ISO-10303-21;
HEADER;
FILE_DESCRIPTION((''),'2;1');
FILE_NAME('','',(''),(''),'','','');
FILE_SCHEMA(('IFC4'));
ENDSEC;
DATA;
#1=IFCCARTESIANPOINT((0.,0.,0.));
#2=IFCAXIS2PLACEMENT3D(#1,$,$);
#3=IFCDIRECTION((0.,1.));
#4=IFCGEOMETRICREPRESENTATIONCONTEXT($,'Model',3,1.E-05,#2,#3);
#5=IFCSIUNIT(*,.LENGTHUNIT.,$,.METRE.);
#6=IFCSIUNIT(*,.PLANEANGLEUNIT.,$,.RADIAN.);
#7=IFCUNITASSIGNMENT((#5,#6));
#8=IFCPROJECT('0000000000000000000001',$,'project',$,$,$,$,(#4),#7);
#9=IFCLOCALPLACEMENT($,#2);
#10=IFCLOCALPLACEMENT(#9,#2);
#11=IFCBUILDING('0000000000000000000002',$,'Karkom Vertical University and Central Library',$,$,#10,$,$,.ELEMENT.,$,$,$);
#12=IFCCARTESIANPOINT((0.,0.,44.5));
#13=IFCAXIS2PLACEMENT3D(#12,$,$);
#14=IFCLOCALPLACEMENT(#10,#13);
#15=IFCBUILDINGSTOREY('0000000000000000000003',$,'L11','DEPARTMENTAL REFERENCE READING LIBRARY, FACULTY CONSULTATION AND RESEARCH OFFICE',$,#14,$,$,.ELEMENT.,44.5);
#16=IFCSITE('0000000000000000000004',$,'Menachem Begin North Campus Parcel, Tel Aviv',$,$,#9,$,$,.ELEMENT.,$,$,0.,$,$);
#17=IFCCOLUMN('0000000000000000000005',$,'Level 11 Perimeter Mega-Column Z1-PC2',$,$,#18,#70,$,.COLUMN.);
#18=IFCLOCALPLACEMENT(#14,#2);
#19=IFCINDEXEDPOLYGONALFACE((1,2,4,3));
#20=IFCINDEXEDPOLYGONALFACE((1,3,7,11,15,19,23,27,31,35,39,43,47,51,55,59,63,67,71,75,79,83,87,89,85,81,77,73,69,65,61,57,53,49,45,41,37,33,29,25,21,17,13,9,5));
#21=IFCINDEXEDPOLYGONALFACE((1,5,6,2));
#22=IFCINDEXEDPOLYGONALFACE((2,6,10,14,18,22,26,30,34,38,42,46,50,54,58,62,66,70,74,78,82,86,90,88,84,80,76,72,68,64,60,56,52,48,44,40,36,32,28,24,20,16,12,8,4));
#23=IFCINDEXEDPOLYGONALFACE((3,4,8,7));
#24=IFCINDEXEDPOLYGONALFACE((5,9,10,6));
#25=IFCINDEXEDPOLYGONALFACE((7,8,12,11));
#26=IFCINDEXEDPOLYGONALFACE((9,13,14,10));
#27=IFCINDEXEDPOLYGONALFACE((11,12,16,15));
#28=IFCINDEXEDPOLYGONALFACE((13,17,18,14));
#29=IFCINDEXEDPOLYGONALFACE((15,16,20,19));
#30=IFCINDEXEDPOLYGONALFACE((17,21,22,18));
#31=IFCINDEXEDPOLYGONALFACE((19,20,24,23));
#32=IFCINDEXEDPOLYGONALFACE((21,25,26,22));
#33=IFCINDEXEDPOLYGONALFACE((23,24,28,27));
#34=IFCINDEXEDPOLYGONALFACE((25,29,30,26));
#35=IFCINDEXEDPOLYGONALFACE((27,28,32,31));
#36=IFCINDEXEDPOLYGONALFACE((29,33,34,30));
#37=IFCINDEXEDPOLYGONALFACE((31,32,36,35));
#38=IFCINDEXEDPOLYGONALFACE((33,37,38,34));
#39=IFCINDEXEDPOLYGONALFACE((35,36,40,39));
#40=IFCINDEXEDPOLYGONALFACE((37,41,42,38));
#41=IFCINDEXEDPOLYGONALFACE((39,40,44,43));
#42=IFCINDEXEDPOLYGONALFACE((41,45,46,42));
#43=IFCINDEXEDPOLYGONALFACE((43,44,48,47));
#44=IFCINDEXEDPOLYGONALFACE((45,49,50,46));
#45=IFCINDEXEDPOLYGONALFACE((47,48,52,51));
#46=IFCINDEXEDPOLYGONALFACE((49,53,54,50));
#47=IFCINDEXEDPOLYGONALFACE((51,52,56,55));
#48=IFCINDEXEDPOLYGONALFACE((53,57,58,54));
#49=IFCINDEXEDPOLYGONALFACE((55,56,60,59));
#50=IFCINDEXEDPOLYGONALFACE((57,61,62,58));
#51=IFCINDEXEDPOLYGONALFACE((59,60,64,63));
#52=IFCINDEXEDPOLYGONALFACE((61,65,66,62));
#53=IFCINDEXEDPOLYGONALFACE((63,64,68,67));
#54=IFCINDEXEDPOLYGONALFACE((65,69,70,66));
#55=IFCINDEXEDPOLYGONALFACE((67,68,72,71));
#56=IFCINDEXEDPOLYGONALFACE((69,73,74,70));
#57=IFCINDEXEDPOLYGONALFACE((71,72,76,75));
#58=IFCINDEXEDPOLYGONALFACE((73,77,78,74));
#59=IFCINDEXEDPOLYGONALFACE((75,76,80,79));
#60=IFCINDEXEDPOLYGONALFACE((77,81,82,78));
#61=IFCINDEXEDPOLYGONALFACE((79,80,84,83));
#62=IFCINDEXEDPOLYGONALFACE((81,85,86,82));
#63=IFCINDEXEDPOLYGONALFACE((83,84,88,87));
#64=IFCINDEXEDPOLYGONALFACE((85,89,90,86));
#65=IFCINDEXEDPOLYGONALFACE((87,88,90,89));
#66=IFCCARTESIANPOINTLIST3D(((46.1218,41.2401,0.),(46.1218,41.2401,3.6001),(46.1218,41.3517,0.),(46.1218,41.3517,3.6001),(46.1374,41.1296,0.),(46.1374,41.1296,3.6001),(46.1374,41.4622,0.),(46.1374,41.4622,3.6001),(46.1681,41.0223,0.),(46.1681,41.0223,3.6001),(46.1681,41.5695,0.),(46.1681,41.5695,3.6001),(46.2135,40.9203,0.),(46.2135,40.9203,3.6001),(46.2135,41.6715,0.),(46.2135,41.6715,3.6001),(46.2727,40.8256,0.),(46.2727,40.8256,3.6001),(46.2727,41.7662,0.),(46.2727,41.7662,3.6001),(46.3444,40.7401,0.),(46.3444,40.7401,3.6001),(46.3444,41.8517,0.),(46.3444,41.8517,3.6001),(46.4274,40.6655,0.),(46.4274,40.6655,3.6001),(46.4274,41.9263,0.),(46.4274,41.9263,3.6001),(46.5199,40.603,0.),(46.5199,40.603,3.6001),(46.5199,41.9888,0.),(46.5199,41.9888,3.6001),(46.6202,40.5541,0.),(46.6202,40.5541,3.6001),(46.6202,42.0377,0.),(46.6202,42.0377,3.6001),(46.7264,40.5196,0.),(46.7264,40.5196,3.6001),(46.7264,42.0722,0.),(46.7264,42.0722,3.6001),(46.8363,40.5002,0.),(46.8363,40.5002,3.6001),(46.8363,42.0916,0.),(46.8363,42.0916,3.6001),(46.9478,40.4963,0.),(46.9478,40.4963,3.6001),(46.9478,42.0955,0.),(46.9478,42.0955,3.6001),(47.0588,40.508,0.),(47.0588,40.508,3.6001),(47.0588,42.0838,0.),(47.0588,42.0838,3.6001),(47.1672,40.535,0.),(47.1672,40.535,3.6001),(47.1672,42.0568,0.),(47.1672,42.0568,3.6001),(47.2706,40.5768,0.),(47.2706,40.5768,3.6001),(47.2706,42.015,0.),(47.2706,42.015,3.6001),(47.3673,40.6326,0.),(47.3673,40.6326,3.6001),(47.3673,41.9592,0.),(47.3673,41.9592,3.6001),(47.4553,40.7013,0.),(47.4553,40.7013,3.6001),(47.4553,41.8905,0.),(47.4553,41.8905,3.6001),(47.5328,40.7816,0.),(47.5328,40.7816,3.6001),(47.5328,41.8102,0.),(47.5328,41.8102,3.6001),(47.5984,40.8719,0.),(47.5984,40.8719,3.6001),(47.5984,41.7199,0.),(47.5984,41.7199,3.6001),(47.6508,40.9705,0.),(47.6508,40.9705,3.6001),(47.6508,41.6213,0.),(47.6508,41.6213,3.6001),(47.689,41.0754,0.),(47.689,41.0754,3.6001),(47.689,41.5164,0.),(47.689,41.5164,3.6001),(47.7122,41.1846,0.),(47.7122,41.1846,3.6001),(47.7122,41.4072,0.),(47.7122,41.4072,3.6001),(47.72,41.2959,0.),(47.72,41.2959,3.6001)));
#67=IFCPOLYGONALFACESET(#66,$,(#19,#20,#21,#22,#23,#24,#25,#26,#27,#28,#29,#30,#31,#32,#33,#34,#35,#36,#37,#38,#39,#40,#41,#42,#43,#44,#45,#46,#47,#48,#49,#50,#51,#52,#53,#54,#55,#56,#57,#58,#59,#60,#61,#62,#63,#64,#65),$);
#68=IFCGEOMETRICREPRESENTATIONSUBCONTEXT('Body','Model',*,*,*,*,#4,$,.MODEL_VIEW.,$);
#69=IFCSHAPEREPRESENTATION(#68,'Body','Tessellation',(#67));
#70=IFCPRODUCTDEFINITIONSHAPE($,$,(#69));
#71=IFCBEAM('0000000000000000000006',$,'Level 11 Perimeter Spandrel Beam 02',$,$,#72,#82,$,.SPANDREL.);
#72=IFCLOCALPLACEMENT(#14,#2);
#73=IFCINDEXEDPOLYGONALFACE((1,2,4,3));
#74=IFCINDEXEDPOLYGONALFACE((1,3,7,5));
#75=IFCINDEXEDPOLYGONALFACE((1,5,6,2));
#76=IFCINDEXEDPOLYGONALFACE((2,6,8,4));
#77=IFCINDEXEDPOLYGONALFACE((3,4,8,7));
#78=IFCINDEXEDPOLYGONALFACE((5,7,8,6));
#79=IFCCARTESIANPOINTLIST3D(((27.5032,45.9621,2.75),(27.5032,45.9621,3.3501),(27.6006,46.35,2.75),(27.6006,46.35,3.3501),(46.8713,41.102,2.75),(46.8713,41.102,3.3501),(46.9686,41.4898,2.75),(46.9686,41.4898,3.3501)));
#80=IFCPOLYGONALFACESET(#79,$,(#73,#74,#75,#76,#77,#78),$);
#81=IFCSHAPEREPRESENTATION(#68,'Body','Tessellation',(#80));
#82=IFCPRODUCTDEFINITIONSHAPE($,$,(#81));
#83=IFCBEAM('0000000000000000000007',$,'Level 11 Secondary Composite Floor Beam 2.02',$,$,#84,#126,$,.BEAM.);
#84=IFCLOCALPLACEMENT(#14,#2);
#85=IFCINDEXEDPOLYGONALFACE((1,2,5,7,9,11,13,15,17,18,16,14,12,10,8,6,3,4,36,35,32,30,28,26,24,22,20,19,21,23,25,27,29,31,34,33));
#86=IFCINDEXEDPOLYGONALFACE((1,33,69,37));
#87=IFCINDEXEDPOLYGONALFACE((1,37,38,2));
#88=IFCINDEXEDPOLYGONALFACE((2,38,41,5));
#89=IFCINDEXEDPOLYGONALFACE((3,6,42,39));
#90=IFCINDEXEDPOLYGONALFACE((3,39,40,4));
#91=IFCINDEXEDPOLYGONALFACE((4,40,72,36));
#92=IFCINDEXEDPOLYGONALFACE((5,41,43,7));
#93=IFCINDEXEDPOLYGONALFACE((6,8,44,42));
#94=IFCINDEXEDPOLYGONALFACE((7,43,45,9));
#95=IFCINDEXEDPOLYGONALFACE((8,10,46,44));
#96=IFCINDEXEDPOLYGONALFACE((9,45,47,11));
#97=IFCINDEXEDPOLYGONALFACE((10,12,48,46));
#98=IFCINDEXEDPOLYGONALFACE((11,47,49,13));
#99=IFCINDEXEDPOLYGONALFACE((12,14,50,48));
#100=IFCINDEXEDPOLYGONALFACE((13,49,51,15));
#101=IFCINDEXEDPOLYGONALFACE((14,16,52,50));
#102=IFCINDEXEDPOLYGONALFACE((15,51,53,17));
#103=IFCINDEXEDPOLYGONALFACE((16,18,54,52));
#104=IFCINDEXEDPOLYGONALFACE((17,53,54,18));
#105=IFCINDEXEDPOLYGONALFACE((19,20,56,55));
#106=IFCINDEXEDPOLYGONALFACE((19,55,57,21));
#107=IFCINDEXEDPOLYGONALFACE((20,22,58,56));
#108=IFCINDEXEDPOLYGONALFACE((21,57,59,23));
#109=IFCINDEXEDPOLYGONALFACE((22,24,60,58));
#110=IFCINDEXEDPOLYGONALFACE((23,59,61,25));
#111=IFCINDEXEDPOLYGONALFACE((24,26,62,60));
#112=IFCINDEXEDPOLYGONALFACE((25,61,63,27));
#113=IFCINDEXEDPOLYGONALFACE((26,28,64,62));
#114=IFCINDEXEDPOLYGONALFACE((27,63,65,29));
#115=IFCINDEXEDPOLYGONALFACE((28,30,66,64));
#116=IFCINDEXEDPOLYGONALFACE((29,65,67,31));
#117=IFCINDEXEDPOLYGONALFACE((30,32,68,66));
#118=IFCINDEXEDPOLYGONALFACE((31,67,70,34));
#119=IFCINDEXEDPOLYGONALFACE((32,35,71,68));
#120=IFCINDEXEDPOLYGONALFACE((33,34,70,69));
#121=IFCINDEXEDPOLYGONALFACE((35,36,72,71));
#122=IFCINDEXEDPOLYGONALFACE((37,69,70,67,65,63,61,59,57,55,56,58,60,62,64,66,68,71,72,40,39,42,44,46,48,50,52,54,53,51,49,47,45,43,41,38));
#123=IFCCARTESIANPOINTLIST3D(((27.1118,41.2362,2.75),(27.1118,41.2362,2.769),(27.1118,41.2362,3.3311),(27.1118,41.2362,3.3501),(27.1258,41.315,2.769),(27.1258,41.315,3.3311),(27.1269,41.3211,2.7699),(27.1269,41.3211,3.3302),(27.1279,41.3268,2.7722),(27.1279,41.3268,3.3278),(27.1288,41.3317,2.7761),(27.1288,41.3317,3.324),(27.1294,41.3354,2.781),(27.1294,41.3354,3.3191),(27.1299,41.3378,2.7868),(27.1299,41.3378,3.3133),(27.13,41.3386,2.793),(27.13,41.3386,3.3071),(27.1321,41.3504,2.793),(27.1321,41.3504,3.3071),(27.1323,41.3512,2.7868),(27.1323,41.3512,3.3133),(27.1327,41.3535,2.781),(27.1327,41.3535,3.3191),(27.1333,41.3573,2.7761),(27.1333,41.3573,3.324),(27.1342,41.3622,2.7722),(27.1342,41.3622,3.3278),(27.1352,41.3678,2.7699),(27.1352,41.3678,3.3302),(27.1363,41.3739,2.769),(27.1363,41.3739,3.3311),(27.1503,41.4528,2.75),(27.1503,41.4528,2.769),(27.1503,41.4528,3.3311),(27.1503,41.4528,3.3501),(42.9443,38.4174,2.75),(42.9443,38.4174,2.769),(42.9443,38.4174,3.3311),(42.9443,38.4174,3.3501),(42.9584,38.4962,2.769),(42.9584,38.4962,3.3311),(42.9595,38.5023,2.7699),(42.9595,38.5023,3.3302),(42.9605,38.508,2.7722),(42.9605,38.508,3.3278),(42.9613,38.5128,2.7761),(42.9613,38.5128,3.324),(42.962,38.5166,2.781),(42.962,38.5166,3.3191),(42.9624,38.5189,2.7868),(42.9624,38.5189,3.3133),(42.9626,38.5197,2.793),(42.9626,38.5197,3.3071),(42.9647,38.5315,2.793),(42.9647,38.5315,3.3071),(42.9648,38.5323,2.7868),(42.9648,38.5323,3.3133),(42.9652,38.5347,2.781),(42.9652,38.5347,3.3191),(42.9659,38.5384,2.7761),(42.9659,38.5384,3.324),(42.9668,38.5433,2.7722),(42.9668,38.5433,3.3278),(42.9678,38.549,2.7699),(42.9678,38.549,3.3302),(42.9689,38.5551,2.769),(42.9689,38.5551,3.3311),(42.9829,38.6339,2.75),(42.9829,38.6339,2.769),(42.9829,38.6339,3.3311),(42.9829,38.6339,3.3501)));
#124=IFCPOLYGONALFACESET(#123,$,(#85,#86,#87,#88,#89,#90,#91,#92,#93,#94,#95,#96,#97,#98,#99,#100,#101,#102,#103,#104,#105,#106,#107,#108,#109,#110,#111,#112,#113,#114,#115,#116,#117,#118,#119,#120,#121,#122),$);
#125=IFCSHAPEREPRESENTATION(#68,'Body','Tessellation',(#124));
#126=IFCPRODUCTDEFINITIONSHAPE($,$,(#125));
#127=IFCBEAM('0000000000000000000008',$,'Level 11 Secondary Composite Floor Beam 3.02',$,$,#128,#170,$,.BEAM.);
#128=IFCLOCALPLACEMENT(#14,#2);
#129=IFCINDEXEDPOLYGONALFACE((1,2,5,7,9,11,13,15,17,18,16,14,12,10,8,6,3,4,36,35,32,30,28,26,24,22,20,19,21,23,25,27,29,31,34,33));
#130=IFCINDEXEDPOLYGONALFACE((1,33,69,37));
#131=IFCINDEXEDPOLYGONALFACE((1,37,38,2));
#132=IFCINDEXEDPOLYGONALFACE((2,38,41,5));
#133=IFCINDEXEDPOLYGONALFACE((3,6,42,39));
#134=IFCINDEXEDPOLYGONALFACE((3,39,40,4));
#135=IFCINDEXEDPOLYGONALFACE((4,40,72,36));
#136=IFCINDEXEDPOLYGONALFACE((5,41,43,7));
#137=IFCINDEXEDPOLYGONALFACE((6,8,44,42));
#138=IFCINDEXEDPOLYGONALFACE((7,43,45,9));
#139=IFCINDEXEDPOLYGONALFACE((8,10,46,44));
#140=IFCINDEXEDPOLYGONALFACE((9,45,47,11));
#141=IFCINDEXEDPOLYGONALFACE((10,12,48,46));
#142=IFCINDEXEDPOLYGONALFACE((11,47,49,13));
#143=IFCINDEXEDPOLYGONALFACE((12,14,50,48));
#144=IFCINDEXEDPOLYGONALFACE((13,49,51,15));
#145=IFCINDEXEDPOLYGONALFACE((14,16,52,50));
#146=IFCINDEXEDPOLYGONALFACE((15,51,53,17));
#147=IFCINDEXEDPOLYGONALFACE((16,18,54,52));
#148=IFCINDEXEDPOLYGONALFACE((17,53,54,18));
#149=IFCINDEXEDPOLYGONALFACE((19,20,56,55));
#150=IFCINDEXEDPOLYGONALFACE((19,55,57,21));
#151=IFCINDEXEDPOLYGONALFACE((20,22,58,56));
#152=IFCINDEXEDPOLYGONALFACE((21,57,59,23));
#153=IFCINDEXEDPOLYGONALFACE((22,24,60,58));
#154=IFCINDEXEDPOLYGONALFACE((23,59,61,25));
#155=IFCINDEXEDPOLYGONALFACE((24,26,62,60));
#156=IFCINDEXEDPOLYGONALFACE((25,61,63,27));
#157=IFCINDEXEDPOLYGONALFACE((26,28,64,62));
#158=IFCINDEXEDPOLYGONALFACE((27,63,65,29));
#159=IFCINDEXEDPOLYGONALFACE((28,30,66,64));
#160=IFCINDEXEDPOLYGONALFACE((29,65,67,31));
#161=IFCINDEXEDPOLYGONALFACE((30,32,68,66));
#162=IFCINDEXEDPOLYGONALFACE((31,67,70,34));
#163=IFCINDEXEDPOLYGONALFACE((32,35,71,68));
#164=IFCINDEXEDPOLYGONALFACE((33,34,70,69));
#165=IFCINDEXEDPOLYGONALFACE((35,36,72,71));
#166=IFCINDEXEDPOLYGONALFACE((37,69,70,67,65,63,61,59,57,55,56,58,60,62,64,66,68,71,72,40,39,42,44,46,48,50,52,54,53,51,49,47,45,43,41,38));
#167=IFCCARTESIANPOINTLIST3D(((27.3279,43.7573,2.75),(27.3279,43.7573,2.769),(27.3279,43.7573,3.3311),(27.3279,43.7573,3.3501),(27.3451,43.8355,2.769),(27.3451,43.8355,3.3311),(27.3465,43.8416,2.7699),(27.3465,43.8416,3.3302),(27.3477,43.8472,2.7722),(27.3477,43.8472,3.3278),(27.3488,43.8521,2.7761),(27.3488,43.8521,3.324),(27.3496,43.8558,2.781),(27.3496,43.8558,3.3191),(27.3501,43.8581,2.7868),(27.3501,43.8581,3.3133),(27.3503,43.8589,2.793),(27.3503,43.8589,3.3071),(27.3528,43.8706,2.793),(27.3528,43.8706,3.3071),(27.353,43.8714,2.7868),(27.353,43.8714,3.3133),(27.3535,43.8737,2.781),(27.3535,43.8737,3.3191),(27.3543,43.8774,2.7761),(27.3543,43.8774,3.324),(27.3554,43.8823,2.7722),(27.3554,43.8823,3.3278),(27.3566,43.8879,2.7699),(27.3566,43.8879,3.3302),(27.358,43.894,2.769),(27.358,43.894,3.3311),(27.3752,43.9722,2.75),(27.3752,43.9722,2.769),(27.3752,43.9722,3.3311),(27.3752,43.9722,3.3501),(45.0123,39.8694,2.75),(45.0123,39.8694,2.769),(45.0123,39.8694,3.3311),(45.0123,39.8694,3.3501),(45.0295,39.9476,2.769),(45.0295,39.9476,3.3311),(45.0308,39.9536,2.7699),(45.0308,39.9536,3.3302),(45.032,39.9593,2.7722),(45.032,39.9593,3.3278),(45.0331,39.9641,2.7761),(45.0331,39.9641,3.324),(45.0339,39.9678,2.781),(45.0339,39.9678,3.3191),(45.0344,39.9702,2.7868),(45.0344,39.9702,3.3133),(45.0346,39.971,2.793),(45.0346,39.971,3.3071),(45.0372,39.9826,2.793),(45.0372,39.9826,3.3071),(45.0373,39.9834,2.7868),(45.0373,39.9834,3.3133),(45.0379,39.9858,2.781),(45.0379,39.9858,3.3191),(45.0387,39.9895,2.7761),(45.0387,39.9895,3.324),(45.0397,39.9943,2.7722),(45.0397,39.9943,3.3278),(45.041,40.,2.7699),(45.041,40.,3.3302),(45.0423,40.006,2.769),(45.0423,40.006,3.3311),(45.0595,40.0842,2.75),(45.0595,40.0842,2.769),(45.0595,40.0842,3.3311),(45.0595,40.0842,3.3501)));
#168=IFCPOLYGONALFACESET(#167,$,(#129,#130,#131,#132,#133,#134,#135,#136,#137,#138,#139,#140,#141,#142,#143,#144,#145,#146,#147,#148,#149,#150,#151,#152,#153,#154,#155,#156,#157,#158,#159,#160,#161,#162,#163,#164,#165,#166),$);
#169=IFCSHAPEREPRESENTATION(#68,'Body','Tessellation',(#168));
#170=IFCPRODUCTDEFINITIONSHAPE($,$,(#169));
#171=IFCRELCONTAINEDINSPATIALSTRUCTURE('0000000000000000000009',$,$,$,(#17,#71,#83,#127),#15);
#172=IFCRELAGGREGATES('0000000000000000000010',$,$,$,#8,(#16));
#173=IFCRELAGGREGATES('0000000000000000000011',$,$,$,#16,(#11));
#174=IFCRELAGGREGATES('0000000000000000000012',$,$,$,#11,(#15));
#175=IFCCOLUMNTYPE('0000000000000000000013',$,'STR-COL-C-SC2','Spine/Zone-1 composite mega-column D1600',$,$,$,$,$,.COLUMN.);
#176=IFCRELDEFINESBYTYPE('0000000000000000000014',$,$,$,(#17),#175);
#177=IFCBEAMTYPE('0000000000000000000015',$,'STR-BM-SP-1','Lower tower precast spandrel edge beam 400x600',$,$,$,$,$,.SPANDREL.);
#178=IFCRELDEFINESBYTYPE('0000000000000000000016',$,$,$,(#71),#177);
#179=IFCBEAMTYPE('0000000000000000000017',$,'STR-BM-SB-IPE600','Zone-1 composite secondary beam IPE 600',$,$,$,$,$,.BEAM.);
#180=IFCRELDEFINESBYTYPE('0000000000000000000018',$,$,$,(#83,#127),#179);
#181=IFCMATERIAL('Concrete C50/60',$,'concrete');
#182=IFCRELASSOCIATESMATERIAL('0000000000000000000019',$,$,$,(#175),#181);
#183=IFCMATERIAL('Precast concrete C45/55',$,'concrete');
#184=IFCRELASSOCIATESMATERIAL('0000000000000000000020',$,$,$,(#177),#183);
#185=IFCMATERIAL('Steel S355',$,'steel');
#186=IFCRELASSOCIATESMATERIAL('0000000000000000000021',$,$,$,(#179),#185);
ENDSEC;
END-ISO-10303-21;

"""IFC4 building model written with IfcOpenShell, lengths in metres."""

from ifc_helpers import new_model, si_unit, direction, frame, origin, origin_with_axes, origin_2d, place, context, subcontext, project, spatial, rectangle, circle, i_section, extrude, source, transform, mapped, material, material_profile, profile_set, type_object, element, save


model = new_model("IFC4")

# Units and contexts
model_context = context("Model", 3, precision=1e-05, world=origin(), true_north=direction((0.0, 1.0)))
body_context = subcontext(model_context, "Body", "Model", "MODEL_VIEW")
ifc_project = project(units=[si_unit("LENGTHUNIT", "METRE"), si_unit("PLANEANGLEUNIT", "RADIAN")], contexts=[model_context])

# Site, building, storey
site_placement = place(None, origin())
site = spatial("IfcSite", under=ifc_project, at=site_placement, Name="Menachem Begin North Campus Parcel, Tel Aviv", CompositionType="ELEMENT", RefElevation=0.0)
building_placement = place(site_placement, origin())
building = spatial("IfcBuilding", under=site, at=building_placement, Name="Karkom Vertical University and Central Library", CompositionType="ELEMENT")
storey_placement = place(building_placement, frame((0.0, 0.0, 44.5)))
storey = spatial("IfcBuildingStorey", under=building, at=storey_placement, Name="L11", Description="DEPARTMENTAL REFERENCE READING LIBRARY, FACULTY CONSULTATION AND RESEARCH OFFICE", CompositionType="ELEMENT", Elevation=44.5)

# Column
ifc_material_1 = material(Name="Concrete C50/60", Category="concrete")
ifc_material_profile_1 = material_profile(ifc_material_1, circle(Radius=0.8, at=origin_2d()), Name="CFT-D1600")
ifc_profile_set_1 = profile_set([ifc_material_profile_1], Name="Concrete C50/60")
column_type = type_object("IfcColumnType", Name="STR-COL-C-SC2", Description="Spine/Zone-1 composite mega-column D1600", PredefinedType="COLUMN", material=ifc_profile_set_1)
shared_shape_1 = source(origin_with_axes(), body_context, "Body", "SweptSolid", [
    extrude(circle(Radius=0.8, at=origin_2d()), origin(), (0.0, 0.0, 1.0), 3.6001),
])
column_placement = place(storey_placement, frame((46.9199, 41.2959, 0.0), z_axis=(0.0, 0.0, 1.0), x_axis=(1.0, 0.0, 0.0)))
element("IfcColumn", 1, at=column_placement, inside=storey, type_object=column_type, Name="Level 11 Perimeter Mega-Column Z1-PC2", PredefinedType="COLUMN", context=body_context, shape_type="MappedRepresentation", body=[
    mapped(shared_shape_1, transform((0.0, 0.0, 0.0), scale=1.0)),
])

# Beams
ifc_material_2 = material(Name="Precast concrete C45/55", Category="concrete")
ifc_material_profile_2 = material_profile(ifc_material_2, rectangle(XDim=0.3999, YDim=0.6001, at=origin_2d()), Name="SPB-400x600")
ifc_profile_set_2 = profile_set([ifc_material_profile_2], Name="Precast concrete C45/55")
beam_type_1 = type_object("IfcBeamType", Name="STR-BM-SP-1", Description="Lower tower precast spandrel edge beam 400x600", PredefinedType="SPANDREL", material=ifc_profile_set_2)
shared_shape_2 = source(origin_with_axes(), body_context, "Body", "SweptSolid", [
    extrude(rectangle(XDim=0.3999, YDim=0.6001, at=origin_2d()), origin(), (0.0, 0.0, 1.0), 19.9685),
])
beam_1_placement = place(storey_placement, frame((46.9199, 41.2959, 3.05), z_axis=(-0.969929, 0.24339, 0.0), x_axis=(-0.24339, -0.969929, 0.0)))
element("IfcBeam", 2, at=beam_1_placement, inside=storey, type_object=beam_type_1, Name="Level 11 Perimeter Spandrel Beam 02", PredefinedType="SPANDREL", context=body_context, shape_type="MappedRepresentation", body=[
    mapped(shared_shape_2, transform((0.0, 0.0, 0.0), scale=1.0)),
])
ifc_material_3 = material(Name="Steel S355", Category="steel")
ifc_material_profile_3 = material_profile(ifc_material_3, i_section(OverallWidth=0.22, OverallDepth=0.6001, WebThickness=0.012, FlangeThickness=0.019, FilletRadius=0.0239, at=origin_2d()), Name="IPE 600")
ifc_profile_set_3 = profile_set([ifc_material_profile_3], Name="Steel S355")
beam_type_2 = type_object("IfcBeamType", Name="STR-BM-SB-IPE600", Description="Zone-1 composite secondary beam IPE 600", PredefinedType="BEAM", material=ifc_profile_set_3)
shared_shape_3 = source(origin_with_axes(), body_context, "Body", "SweptSolid", [
    extrude(i_section(OverallWidth=0.22, OverallDepth=0.6001, WebThickness=0.012, FlangeThickness=0.019, FilletRadius=0.0239, at=origin_2d()), origin(), (0.0, 0.0, 1.0), 16.0815),
])
beam_2_placement = place(storey_placement, frame((42.9636, 38.5256, 3.05), z_axis=(-0.984518, 0.175285, 0.0), x_axis=(-0.175285, -0.984518, 0.0)))
element("IfcBeam", 3, at=beam_2_placement, inside=storey, type_object=beam_type_2, Name="Level 11 Secondary Composite Floor Beam 2.02", PredefinedType="BEAM", context=body_context, shape_type="MappedRepresentation", body=[
    mapped(shared_shape_3, transform((0.0, 0.0, 0.0), scale=1.0)),
])
shared_shape_4 = source(origin_with_axes(), body_context, "Body", "SweptSolid", [
    extrude(i_section(OverallWidth=0.22, OverallDepth=0.6001, WebThickness=0.012, FlangeThickness=0.019, FilletRadius=0.0239, at=origin_2d()), origin(), (0.0, 0.0, 1.0), 18.1067),
])
beam_3_placement = place(storey_placement, frame((45.0359, 39.9768, 3.05), z_axis=(-0.976675, 0.214724, 0.0), x_axis=(-0.214724, -0.976675, 0.0)))
element("IfcBeam", 4, at=beam_3_placement, inside=storey, type_object=beam_type_2, Name="Level 11 Secondary Composite Floor Beam 3.02", PredefinedType="BEAM", context=body_context, shape_type="MappedRepresentation", body=[
    mapped(shared_shape_4, transform((0.0, 0.0, 0.0), scale=1.0)),
])

save(model, "model.ifc")
